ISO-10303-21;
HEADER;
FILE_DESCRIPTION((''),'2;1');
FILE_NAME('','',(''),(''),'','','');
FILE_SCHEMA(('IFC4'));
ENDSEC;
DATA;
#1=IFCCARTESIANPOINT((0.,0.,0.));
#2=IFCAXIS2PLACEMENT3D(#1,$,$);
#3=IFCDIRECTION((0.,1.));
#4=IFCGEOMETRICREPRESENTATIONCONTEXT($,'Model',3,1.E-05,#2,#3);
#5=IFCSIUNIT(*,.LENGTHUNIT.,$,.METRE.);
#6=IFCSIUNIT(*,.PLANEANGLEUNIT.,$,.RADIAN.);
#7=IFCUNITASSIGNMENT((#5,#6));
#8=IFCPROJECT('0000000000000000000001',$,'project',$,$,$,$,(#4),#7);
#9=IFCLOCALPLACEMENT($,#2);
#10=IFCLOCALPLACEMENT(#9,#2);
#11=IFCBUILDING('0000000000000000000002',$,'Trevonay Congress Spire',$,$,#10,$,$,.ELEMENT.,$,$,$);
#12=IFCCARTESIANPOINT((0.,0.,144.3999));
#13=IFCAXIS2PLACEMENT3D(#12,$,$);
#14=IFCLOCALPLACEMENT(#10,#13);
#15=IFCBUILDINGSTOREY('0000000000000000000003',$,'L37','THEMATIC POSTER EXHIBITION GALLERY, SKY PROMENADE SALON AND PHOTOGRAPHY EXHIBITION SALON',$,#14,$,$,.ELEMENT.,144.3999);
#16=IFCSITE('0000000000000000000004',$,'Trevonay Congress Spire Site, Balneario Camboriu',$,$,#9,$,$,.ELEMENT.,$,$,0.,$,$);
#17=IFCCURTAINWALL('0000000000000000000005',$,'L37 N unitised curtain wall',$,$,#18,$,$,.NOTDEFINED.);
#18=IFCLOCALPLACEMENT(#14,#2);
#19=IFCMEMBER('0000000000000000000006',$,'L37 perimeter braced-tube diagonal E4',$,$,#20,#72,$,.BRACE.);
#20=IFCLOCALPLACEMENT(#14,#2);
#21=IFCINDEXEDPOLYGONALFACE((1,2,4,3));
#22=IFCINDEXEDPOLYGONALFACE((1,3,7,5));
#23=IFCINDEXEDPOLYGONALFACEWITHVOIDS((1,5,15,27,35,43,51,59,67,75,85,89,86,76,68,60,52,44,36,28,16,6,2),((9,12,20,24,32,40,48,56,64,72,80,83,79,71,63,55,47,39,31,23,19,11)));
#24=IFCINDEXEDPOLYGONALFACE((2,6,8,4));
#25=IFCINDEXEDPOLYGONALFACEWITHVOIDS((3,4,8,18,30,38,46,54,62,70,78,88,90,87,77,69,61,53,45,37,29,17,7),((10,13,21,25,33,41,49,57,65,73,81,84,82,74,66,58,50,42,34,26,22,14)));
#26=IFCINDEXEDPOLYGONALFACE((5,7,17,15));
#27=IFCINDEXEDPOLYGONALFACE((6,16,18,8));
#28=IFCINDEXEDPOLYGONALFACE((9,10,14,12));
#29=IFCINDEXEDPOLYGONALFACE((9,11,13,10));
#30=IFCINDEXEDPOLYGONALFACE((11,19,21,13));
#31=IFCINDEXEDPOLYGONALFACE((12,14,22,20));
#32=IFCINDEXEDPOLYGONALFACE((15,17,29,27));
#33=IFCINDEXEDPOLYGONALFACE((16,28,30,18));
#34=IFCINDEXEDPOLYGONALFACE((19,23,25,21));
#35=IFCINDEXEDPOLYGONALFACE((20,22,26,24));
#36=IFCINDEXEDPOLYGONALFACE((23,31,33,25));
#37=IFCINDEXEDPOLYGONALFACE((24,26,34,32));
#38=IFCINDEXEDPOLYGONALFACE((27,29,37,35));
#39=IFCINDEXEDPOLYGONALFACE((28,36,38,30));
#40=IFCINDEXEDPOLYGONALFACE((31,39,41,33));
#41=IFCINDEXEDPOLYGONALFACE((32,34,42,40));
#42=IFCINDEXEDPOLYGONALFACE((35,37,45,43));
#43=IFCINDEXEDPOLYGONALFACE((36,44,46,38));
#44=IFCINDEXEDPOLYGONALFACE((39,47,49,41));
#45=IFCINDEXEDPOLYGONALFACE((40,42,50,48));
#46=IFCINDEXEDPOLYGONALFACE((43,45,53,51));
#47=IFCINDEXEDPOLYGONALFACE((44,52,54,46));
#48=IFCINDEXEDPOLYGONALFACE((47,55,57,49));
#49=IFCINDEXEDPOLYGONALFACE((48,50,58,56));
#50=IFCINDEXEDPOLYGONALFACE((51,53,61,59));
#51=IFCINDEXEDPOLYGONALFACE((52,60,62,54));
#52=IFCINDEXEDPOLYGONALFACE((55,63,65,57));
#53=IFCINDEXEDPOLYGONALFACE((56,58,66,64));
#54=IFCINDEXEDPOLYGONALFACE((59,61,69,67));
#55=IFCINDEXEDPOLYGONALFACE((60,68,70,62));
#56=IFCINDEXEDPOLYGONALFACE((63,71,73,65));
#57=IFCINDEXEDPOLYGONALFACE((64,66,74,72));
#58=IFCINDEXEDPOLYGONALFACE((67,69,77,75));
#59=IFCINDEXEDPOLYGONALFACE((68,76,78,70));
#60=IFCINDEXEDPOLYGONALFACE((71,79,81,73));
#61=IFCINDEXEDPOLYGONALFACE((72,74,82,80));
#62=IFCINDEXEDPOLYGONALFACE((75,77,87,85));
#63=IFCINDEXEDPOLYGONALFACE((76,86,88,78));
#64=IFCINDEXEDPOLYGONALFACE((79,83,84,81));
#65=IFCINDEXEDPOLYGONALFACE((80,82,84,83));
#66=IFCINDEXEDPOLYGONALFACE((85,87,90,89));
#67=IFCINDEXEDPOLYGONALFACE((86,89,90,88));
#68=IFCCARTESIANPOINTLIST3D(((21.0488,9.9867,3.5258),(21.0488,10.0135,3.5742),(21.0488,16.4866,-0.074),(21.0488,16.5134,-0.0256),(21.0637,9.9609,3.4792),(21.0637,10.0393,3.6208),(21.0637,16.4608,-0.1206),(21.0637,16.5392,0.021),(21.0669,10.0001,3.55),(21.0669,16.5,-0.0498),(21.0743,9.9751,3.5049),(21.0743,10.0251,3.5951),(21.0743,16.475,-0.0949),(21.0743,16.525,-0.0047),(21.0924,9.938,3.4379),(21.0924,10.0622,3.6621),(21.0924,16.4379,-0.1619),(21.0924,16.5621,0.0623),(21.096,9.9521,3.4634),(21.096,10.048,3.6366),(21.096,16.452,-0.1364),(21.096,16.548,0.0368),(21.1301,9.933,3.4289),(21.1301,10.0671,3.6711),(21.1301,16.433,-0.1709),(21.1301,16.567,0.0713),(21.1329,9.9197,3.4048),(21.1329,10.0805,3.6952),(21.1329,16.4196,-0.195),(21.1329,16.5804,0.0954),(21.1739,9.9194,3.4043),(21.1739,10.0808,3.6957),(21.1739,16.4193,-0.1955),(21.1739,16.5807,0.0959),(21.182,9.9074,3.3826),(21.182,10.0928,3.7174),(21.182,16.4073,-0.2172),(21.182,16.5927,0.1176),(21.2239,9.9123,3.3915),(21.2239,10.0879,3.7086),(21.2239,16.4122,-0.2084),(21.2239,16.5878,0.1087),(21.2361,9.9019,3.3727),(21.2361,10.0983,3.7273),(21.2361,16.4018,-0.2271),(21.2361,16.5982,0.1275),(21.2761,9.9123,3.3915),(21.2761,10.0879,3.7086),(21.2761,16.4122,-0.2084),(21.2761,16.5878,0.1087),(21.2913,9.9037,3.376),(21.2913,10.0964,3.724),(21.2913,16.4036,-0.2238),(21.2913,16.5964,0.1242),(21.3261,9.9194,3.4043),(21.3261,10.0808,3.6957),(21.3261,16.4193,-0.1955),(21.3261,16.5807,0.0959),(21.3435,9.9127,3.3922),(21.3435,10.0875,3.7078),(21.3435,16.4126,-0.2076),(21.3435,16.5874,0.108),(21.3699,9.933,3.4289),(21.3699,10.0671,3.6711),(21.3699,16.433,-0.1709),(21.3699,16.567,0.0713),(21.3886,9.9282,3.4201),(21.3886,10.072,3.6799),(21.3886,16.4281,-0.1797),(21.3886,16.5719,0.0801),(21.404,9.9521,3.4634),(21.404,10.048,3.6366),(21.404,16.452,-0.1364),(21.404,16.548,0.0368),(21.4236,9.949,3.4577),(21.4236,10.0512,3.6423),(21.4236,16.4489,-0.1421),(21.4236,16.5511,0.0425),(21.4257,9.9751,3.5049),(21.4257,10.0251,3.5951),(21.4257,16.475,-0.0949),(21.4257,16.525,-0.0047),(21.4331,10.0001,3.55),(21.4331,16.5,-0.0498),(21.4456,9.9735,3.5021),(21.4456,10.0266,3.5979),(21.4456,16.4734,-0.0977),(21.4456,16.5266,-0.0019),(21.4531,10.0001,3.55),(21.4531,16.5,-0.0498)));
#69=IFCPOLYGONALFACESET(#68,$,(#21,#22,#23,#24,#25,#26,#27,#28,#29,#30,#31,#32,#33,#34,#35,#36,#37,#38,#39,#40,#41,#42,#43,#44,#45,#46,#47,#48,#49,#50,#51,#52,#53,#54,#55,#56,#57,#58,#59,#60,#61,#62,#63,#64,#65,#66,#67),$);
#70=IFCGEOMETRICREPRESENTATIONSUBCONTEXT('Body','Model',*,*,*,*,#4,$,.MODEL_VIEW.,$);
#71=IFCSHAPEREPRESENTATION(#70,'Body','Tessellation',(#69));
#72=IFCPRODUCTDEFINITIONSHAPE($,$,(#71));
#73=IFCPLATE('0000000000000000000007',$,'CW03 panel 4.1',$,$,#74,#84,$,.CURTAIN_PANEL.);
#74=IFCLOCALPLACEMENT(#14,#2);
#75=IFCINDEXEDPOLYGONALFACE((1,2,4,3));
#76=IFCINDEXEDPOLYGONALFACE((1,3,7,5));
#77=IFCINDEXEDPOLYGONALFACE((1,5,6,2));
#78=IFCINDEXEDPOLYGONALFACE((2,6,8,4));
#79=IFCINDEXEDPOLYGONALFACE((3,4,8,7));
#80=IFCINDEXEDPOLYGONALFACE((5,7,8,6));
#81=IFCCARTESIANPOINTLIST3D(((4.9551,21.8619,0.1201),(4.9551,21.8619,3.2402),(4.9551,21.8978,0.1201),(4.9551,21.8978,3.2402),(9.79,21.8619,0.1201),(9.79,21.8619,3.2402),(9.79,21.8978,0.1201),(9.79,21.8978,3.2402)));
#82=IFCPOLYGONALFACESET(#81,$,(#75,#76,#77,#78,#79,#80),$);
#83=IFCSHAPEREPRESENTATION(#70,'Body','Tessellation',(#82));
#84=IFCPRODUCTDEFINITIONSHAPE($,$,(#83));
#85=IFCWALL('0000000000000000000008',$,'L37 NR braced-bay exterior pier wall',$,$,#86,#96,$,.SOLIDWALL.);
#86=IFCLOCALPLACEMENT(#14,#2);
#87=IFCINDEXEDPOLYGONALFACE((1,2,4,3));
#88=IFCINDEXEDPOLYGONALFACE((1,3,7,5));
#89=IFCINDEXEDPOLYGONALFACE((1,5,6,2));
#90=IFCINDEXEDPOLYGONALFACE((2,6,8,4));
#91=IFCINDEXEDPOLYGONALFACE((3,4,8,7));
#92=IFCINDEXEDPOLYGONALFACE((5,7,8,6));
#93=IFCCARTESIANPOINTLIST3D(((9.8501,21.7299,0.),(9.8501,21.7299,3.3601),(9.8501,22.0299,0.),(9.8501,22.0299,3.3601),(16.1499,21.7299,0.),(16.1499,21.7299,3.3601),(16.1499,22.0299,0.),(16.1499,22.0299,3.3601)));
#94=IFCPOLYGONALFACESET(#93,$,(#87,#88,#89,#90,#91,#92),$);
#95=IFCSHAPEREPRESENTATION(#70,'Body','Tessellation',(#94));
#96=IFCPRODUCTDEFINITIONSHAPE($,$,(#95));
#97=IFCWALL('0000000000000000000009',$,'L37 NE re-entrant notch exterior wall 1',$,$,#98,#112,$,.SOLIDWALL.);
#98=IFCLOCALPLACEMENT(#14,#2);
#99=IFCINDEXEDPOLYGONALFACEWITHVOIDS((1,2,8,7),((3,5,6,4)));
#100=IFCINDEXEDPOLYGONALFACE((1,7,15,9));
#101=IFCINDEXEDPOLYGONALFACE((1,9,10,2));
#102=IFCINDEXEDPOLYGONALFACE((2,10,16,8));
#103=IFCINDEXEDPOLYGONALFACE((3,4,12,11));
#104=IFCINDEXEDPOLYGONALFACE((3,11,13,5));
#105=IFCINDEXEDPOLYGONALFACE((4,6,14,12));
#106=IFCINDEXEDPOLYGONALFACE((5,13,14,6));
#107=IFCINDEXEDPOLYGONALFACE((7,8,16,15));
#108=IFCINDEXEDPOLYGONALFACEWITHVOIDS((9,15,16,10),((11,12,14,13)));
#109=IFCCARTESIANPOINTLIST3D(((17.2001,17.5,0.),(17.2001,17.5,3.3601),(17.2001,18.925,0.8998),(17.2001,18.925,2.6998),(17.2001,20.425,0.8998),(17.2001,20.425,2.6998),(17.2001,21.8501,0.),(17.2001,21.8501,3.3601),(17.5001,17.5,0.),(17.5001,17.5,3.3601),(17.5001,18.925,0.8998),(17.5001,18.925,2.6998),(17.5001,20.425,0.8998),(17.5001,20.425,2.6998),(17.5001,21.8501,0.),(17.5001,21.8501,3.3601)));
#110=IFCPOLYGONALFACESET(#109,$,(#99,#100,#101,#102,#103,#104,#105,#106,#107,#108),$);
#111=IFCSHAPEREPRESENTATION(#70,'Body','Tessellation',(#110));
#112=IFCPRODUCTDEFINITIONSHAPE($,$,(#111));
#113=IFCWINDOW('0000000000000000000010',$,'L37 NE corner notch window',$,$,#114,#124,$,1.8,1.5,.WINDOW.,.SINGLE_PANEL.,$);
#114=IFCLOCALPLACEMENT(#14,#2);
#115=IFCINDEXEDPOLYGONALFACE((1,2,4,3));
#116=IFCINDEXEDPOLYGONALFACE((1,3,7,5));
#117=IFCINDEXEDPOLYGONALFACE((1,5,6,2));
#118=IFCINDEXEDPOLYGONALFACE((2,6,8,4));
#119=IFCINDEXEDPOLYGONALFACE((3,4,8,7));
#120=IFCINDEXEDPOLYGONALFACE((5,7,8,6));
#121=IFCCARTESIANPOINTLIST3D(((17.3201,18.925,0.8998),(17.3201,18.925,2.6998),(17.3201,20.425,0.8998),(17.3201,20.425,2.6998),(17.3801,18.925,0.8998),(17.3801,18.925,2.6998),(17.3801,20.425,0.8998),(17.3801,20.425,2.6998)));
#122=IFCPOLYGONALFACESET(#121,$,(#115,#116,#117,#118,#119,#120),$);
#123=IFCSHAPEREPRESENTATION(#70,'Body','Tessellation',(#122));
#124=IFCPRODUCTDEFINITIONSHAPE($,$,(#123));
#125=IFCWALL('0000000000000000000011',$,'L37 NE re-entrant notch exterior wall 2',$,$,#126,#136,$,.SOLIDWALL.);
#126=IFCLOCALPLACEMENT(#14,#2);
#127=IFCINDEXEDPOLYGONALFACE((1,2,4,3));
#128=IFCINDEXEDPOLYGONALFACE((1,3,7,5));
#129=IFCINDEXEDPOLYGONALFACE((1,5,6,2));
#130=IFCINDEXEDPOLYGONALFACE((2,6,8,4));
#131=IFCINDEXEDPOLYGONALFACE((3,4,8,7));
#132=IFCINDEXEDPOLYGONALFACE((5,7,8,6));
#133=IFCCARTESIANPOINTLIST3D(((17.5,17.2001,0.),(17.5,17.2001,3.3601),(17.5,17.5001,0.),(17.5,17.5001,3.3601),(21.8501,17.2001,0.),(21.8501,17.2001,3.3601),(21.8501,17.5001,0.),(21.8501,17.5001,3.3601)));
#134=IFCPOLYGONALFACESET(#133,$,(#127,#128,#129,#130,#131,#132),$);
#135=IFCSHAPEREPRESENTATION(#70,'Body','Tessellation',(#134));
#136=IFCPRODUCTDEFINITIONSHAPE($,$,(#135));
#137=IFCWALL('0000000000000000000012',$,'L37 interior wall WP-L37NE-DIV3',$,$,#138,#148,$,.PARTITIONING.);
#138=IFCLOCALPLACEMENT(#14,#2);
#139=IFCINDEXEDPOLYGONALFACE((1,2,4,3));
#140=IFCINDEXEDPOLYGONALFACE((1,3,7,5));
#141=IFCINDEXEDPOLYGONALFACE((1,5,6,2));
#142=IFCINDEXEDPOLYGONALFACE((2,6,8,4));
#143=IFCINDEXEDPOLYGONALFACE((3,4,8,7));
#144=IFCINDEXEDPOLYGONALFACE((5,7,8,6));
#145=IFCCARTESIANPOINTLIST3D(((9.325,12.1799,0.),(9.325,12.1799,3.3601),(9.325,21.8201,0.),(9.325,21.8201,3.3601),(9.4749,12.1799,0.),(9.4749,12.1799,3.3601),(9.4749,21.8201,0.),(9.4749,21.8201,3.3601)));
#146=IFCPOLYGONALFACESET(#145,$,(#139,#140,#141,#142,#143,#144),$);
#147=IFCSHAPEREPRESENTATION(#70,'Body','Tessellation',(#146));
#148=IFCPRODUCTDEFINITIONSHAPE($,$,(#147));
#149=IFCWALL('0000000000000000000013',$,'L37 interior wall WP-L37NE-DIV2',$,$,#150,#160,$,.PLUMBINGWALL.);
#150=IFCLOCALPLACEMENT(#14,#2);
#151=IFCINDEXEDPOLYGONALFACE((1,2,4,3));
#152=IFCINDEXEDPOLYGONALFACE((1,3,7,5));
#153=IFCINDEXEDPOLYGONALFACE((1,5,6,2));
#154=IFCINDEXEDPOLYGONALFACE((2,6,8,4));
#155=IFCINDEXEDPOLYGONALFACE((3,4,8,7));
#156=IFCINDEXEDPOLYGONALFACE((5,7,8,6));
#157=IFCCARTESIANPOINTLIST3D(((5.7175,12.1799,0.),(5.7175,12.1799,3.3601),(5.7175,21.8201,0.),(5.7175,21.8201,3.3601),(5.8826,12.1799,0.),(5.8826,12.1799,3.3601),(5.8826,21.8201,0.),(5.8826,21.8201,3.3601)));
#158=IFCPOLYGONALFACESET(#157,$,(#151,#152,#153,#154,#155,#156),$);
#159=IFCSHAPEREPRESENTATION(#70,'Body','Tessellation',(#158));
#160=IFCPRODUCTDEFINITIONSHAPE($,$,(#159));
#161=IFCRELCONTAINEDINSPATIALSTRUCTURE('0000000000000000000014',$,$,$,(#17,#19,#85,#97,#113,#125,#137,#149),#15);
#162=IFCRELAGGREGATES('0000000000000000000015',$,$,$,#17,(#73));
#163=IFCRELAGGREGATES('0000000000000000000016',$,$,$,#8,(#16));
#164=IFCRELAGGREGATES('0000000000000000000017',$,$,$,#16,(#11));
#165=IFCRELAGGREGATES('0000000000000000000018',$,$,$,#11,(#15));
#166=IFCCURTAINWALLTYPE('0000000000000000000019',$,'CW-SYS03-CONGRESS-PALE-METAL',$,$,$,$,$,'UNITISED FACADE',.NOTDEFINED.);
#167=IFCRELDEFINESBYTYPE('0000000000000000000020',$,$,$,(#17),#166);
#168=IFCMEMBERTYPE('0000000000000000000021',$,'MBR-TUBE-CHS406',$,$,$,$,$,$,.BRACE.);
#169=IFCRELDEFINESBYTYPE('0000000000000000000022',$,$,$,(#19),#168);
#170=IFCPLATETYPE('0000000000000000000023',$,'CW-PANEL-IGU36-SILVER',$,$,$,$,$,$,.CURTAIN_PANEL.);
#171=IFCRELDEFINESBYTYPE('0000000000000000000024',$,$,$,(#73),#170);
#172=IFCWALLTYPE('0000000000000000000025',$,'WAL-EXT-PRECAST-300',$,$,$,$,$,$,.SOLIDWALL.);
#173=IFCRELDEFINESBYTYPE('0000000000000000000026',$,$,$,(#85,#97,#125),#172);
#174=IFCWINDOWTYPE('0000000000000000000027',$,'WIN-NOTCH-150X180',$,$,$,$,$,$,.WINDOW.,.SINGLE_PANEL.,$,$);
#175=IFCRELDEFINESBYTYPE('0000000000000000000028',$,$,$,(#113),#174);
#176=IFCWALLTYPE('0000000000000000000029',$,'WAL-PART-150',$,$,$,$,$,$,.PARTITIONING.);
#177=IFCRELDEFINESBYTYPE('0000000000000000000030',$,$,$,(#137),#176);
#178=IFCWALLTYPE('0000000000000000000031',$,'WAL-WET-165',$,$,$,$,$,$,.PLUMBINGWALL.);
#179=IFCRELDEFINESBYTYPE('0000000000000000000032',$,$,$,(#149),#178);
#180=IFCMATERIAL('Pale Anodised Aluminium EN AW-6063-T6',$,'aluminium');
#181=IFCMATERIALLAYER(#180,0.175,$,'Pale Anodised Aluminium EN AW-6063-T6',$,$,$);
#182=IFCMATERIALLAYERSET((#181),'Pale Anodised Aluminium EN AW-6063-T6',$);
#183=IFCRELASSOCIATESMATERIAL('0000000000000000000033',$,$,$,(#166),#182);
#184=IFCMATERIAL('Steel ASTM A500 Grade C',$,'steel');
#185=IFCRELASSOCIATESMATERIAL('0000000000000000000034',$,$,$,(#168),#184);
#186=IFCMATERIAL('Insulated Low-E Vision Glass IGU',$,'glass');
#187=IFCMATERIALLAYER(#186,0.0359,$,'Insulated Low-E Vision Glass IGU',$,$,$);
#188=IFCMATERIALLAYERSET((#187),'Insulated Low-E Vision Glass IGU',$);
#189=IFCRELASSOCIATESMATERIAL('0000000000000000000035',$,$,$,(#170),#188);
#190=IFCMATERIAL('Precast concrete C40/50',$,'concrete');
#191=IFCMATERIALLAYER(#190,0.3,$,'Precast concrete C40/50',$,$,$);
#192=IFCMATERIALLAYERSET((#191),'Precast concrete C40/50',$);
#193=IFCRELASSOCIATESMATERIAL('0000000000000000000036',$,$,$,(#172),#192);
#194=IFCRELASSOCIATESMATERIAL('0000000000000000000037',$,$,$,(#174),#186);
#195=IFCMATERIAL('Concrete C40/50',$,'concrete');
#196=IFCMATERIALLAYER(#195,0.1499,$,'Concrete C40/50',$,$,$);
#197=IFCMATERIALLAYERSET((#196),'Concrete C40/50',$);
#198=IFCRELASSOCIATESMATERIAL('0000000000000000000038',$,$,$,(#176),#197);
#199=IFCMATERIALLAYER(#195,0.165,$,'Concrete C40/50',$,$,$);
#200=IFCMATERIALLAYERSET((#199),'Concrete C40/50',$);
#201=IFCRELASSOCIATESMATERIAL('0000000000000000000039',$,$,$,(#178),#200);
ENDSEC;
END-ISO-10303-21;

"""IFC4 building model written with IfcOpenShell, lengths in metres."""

from ifc_helpers import new_model, si_unit, direction, frame, frame_2d, origin, origin_2d, place, context, subcontext, project, spatial, rectangle, hollow_circle, extrude, material, layer, layer_set, material_profile, profile_set, type_object, element, fill, aggregate, save


model = new_model("IFC4")

# Units and contexts
model_context = context("Model", 3, precision=1e-05, world=origin(), true_north=direction((0.0, 1.0)))
body_context = subcontext(model_context, "Body", "Model", "MODEL_VIEW")
ifc_project = project(units=[si_unit("LENGTHUNIT", "METRE"), si_unit("PLANEANGLEUNIT", "RADIAN")], contexts=[model_context])

# Site, building, storey
site_placement = place(None, origin())
site = spatial("IfcSite", under=ifc_project, at=site_placement, Name="Trevonay Congress Spire Site, Balneario Camboriu", CompositionType="ELEMENT", RefElevation=0.0)
building_placement = place(site_placement, origin())
building = spatial("IfcBuilding", under=site, at=building_placement, Name="Trevonay Congress Spire", CompositionType="ELEMENT")
storey_placement = place(building_placement, frame((0.0, 0.0, 144.3999)))
storey = spatial("IfcBuildingStorey", under=building, at=storey_placement, Name="L37", Description="THEMATIC POSTER EXHIBITION GALLERY, SKY PROMENADE SALON AND PHOTOGRAPHY EXHIBITION SALON", CompositionType="ELEMENT", Elevation=144.3999)

# Curtain wall
ifc_material_1 = material(Name="Pale Anodised Aluminium EN AW-6063-T6", Category="aluminium")
ifc_layer_1 = layer(ifc_material_1, 0.175, Name="Pale Anodised Aluminium EN AW-6063-T6")
ifc_layer_set_1 = layer_set([ifc_layer_1], Name="Pale Anodised Aluminium EN AW-6063-T6")
curtain_wall_type = type_object("IfcCurtainWallType", Name="CW-SYS03-CONGRESS-PALE-METAL", ElementType="UNITISED FACADE", PredefinedType="NOTDEFINED", material=ifc_layer_set_1)
curtain_wall_placement = place(storey_placement, origin())
curtain_wall = element("IfcCurtainWall", 1, at=curtain_wall_placement, inside=storey, type_object=curtain_wall_type, Name="L37 N unitised curtain wall", PredefinedType="NOTDEFINED")

# Member
ifc_material_2 = material(Name="Steel ASTM A500 Grade C", Category="steel")
ifc_material_profile_1 = material_profile(ifc_material_2, hollow_circle(Radius=0.2031, WallThickness=0.02, at=origin_2d()), Name="CHS 406.4x20")
ifc_profile_set_1 = profile_set([ifc_material_profile_1], Name="Steel ASTM A500 Grade C")
member_type_1 = type_object("IfcMemberType", Name="MBR-TUBE-CHS406", PredefinedType="BRACE", material=ifc_profile_set_1)
for number, where, z_axis, x_axis, name in (
    (2, (21.25, 16.5, -0.0498), (0.0, -0.8748, 0.484485), (1.0, 0.0, 0.0), "L37 perimeter braced-tube diagonal E4"),
):
    element("IfcMember", number, at=place(storey_placement, frame(where, z_axis=z_axis, x_axis=x_axis)), inside=storey, type_object=member_type_1, Name=name, PredefinedType="BRACE", context=body_context, shape_type="SweptSolid", body=[
        extrude(hollow_circle(Radius=0.2031, WallThickness=0.02, at=origin_2d()), origin(), (0.0, 0.0, 1.0), 7.4302),
    ])

# Plate
ifc_material_3 = material(Name="Insulated Low-E Vision Glass IGU", Category="glass")
ifc_layer_2 = layer(ifc_material_3, 0.0359, Name="Insulated Low-E Vision Glass IGU")
ifc_layer_set_2 = layer_set([ifc_layer_2], Name="Insulated Low-E Vision Glass IGU")
plate_type = type_object("IfcPlateType", Name="CW-PANEL-IGU36-SILVER", PredefinedType="CURTAIN_PANEL", material=ifc_layer_set_2)
plate_placement = place(storey_placement, frame((7.3726, 21.8799, 0.1201), z_axis=(0.0, 0.0, 1.0), x_axis=(1.0, 0.0, 0.0)))
plate = element("IfcPlate", 3, at=plate_placement, type_object=plate_type, Name="CW03 panel 4.1", PredefinedType="CURTAIN_PANEL", context=body_context, shape_type="SweptSolid", body=[
    extrude(rectangle(XDim=4.835, YDim=0.0359, at=origin_2d()), origin(), (0.0, 0.0, 1.0), 3.1201),
])
aggregate(curtain_wall, [plate])

# Wall
ifc_material_4 = material(Name="Precast concrete C40/50", Category="concrete")
ifc_layer_3 = layer(ifc_material_4, 0.3, Name="Precast concrete C40/50")
ifc_layer_set_3 = layer_set([ifc_layer_3], Name="Precast concrete C40/50")
wall_type_1 = type_object("IfcWallType", Name="WAL-EXT-PRECAST-300", PredefinedType="SOLIDWALL", material=ifc_layer_set_3)
wall_1_placement = place(storey_placement, frame((9.8501, 21.8799, 0.0), z_axis=(0.0, 0.0, 1.0), x_axis=(1.0, 0.0, 0.0)))
element("IfcWall", 4, at=wall_1_placement, inside=storey, type_object=wall_type_1, Name="L37 NR braced-bay exterior pier wall", PredefinedType="SOLIDWALL", context=body_context, shape_type="SweptSolid", body=[
    extrude(rectangle(XDim=6.2998, YDim=0.3, at=frame_2d((3.1499, 0.0))), origin(), (0.0, 0.0, 1.0), 3.3601),
])

# Wall, opening, window
wall_2_placement = place(storey_placement, frame((17.3501, 21.8501, 0.0), z_axis=(0.0, 0.0, 1.0), x_axis=(0.0, -1.0, 0.0)))
wall_2 = element("IfcWall", 5, at=wall_2_placement, inside=storey, type_object=wall_type_1, Name="L37 NE re-entrant notch exterior wall 1", PredefinedType="SOLIDWALL", context=body_context, shape_type="SweptSolid", body=[
    extrude(rectangle(XDim=4.3501, YDim=0.3, at=frame_2d((2.175, 0.0))), origin(), (0.0, 0.0, 1.0), 3.3601),
])
opening_placement = place(wall_2_placement, frame((1.425, 0.0, 0.8999)))
opening = element("IfcOpeningElement", 6, at=opening_placement, cuts=wall_2, PredefinedType="OPENING", context=body_context, shape_type="SweptSolid", body=[
    extrude(rectangle(XDim=1.5, YDim=1.8, at=frame_2d((0.75, 0.8999))), frame((0.0, 0.1602, 0.0), z_axis=(0.0, -1.0, 0.0), x_axis=(1.0, 0.0, 0.0)), (0.0, 0.0, 1.0), 0.3201),
])
window_type = type_object("IfcWindowType", Name="WIN-NOTCH-150X180", PartitioningType="SINGLE_PANEL", PredefinedType="WINDOW", material=ifc_material_3)
window_placement = place(opening_placement, origin())
window = element("IfcWindow", 7, at=window_placement, inside=storey, type_object=window_type, Name="L37 NE corner notch window", OverallHeight=1.8, OverallWidth=1.5, PartitioningType="SINGLE_PANEL", PredefinedType="WINDOW", context=body_context, shape_type="SweptSolid", body=[
    extrude(rectangle(XDim=1.5, YDim=1.8, at=frame_2d((0.75, 0.8999))), frame((0.0, 0.03, 0.0), z_axis=(0.0, -1.0, 0.0), x_axis=(1.0, 0.0, 0.0)), (0.0, 0.0, 1.0), 0.0601),
])
fill(opening, window)

# Walls
wall_3_placement = place(storey_placement, frame((21.8501, 17.3501, 0.0), z_axis=(0.0, 0.0, 1.0), x_axis=(-1.0, 0.0, 0.0)))
element("IfcWall", 8, at=wall_3_placement, inside=storey, type_object=wall_type_1, Name="L37 NE re-entrant notch exterior wall 2", PredefinedType="SOLIDWALL", context=body_context, shape_type="SweptSolid", body=[
    extrude(rectangle(XDim=4.3501, YDim=0.3, at=frame_2d((2.175, 0.0))), origin(), (0.0, 0.0, 1.0), 3.3601),
])
ifc_material_5 = material(Name="Concrete C40/50", Category="concrete")
ifc_layer_4 = layer(ifc_material_5, 0.1499, Name="Concrete C40/50")
ifc_layer_set_4 = layer_set([ifc_layer_4], Name="Concrete C40/50")
wall_type_2 = type_object("IfcWallType", Name="WAL-PART-150", PredefinedType="PARTITIONING", material=ifc_layer_set_4)
wall_4_placement = place(storey_placement, frame((9.3999, 12.1799, 0.0), z_axis=(0.0, 0.0, 1.0), x_axis=(0.0, 1.0, 0.0)))
element("IfcWall", 9, at=wall_4_placement, inside=storey, type_object=wall_type_2, Name="L37 interior wall WP-L37NE-DIV3", PredefinedType="PARTITIONING", context=body_context, shape_type="SweptSolid", body=[
    extrude(rectangle(XDim=9.6401, YDim=0.1499, at=frame_2d((4.8201, 0.0))), origin(), (0.0, 0.0, 1.0), 3.3601),
])
ifc_layer_5 = layer(ifc_material_5, 0.165, Name="Concrete C40/50")
ifc_layer_set_5 = layer_set([ifc_layer_5], Name="Concrete C40/50")
wall_type_3 = type_object("IfcWallType", Name="WAL-WET-165", PredefinedType="PLUMBINGWALL", material=ifc_layer_set_5)
wall_5_placement = place(storey_placement, frame((5.8, 12.1799, 0.0), z_axis=(0.0, 0.0, 1.0), x_axis=(0.0, 1.0, 0.0)))
element("IfcWall", 10, at=wall_5_placement, inside=storey, type_object=wall_type_3, Name="L37 interior wall WP-L37NE-DIV2", PredefinedType="PLUMBINGWALL", context=body_context, shape_type="SweptSolid", body=[
    extrude(rectangle(XDim=9.6401, YDim=0.165, at=frame_2d((4.8201, 0.0))), origin(), (0.0, 0.0, 1.0), 3.3601),
])

save(model, "model.ifc")
